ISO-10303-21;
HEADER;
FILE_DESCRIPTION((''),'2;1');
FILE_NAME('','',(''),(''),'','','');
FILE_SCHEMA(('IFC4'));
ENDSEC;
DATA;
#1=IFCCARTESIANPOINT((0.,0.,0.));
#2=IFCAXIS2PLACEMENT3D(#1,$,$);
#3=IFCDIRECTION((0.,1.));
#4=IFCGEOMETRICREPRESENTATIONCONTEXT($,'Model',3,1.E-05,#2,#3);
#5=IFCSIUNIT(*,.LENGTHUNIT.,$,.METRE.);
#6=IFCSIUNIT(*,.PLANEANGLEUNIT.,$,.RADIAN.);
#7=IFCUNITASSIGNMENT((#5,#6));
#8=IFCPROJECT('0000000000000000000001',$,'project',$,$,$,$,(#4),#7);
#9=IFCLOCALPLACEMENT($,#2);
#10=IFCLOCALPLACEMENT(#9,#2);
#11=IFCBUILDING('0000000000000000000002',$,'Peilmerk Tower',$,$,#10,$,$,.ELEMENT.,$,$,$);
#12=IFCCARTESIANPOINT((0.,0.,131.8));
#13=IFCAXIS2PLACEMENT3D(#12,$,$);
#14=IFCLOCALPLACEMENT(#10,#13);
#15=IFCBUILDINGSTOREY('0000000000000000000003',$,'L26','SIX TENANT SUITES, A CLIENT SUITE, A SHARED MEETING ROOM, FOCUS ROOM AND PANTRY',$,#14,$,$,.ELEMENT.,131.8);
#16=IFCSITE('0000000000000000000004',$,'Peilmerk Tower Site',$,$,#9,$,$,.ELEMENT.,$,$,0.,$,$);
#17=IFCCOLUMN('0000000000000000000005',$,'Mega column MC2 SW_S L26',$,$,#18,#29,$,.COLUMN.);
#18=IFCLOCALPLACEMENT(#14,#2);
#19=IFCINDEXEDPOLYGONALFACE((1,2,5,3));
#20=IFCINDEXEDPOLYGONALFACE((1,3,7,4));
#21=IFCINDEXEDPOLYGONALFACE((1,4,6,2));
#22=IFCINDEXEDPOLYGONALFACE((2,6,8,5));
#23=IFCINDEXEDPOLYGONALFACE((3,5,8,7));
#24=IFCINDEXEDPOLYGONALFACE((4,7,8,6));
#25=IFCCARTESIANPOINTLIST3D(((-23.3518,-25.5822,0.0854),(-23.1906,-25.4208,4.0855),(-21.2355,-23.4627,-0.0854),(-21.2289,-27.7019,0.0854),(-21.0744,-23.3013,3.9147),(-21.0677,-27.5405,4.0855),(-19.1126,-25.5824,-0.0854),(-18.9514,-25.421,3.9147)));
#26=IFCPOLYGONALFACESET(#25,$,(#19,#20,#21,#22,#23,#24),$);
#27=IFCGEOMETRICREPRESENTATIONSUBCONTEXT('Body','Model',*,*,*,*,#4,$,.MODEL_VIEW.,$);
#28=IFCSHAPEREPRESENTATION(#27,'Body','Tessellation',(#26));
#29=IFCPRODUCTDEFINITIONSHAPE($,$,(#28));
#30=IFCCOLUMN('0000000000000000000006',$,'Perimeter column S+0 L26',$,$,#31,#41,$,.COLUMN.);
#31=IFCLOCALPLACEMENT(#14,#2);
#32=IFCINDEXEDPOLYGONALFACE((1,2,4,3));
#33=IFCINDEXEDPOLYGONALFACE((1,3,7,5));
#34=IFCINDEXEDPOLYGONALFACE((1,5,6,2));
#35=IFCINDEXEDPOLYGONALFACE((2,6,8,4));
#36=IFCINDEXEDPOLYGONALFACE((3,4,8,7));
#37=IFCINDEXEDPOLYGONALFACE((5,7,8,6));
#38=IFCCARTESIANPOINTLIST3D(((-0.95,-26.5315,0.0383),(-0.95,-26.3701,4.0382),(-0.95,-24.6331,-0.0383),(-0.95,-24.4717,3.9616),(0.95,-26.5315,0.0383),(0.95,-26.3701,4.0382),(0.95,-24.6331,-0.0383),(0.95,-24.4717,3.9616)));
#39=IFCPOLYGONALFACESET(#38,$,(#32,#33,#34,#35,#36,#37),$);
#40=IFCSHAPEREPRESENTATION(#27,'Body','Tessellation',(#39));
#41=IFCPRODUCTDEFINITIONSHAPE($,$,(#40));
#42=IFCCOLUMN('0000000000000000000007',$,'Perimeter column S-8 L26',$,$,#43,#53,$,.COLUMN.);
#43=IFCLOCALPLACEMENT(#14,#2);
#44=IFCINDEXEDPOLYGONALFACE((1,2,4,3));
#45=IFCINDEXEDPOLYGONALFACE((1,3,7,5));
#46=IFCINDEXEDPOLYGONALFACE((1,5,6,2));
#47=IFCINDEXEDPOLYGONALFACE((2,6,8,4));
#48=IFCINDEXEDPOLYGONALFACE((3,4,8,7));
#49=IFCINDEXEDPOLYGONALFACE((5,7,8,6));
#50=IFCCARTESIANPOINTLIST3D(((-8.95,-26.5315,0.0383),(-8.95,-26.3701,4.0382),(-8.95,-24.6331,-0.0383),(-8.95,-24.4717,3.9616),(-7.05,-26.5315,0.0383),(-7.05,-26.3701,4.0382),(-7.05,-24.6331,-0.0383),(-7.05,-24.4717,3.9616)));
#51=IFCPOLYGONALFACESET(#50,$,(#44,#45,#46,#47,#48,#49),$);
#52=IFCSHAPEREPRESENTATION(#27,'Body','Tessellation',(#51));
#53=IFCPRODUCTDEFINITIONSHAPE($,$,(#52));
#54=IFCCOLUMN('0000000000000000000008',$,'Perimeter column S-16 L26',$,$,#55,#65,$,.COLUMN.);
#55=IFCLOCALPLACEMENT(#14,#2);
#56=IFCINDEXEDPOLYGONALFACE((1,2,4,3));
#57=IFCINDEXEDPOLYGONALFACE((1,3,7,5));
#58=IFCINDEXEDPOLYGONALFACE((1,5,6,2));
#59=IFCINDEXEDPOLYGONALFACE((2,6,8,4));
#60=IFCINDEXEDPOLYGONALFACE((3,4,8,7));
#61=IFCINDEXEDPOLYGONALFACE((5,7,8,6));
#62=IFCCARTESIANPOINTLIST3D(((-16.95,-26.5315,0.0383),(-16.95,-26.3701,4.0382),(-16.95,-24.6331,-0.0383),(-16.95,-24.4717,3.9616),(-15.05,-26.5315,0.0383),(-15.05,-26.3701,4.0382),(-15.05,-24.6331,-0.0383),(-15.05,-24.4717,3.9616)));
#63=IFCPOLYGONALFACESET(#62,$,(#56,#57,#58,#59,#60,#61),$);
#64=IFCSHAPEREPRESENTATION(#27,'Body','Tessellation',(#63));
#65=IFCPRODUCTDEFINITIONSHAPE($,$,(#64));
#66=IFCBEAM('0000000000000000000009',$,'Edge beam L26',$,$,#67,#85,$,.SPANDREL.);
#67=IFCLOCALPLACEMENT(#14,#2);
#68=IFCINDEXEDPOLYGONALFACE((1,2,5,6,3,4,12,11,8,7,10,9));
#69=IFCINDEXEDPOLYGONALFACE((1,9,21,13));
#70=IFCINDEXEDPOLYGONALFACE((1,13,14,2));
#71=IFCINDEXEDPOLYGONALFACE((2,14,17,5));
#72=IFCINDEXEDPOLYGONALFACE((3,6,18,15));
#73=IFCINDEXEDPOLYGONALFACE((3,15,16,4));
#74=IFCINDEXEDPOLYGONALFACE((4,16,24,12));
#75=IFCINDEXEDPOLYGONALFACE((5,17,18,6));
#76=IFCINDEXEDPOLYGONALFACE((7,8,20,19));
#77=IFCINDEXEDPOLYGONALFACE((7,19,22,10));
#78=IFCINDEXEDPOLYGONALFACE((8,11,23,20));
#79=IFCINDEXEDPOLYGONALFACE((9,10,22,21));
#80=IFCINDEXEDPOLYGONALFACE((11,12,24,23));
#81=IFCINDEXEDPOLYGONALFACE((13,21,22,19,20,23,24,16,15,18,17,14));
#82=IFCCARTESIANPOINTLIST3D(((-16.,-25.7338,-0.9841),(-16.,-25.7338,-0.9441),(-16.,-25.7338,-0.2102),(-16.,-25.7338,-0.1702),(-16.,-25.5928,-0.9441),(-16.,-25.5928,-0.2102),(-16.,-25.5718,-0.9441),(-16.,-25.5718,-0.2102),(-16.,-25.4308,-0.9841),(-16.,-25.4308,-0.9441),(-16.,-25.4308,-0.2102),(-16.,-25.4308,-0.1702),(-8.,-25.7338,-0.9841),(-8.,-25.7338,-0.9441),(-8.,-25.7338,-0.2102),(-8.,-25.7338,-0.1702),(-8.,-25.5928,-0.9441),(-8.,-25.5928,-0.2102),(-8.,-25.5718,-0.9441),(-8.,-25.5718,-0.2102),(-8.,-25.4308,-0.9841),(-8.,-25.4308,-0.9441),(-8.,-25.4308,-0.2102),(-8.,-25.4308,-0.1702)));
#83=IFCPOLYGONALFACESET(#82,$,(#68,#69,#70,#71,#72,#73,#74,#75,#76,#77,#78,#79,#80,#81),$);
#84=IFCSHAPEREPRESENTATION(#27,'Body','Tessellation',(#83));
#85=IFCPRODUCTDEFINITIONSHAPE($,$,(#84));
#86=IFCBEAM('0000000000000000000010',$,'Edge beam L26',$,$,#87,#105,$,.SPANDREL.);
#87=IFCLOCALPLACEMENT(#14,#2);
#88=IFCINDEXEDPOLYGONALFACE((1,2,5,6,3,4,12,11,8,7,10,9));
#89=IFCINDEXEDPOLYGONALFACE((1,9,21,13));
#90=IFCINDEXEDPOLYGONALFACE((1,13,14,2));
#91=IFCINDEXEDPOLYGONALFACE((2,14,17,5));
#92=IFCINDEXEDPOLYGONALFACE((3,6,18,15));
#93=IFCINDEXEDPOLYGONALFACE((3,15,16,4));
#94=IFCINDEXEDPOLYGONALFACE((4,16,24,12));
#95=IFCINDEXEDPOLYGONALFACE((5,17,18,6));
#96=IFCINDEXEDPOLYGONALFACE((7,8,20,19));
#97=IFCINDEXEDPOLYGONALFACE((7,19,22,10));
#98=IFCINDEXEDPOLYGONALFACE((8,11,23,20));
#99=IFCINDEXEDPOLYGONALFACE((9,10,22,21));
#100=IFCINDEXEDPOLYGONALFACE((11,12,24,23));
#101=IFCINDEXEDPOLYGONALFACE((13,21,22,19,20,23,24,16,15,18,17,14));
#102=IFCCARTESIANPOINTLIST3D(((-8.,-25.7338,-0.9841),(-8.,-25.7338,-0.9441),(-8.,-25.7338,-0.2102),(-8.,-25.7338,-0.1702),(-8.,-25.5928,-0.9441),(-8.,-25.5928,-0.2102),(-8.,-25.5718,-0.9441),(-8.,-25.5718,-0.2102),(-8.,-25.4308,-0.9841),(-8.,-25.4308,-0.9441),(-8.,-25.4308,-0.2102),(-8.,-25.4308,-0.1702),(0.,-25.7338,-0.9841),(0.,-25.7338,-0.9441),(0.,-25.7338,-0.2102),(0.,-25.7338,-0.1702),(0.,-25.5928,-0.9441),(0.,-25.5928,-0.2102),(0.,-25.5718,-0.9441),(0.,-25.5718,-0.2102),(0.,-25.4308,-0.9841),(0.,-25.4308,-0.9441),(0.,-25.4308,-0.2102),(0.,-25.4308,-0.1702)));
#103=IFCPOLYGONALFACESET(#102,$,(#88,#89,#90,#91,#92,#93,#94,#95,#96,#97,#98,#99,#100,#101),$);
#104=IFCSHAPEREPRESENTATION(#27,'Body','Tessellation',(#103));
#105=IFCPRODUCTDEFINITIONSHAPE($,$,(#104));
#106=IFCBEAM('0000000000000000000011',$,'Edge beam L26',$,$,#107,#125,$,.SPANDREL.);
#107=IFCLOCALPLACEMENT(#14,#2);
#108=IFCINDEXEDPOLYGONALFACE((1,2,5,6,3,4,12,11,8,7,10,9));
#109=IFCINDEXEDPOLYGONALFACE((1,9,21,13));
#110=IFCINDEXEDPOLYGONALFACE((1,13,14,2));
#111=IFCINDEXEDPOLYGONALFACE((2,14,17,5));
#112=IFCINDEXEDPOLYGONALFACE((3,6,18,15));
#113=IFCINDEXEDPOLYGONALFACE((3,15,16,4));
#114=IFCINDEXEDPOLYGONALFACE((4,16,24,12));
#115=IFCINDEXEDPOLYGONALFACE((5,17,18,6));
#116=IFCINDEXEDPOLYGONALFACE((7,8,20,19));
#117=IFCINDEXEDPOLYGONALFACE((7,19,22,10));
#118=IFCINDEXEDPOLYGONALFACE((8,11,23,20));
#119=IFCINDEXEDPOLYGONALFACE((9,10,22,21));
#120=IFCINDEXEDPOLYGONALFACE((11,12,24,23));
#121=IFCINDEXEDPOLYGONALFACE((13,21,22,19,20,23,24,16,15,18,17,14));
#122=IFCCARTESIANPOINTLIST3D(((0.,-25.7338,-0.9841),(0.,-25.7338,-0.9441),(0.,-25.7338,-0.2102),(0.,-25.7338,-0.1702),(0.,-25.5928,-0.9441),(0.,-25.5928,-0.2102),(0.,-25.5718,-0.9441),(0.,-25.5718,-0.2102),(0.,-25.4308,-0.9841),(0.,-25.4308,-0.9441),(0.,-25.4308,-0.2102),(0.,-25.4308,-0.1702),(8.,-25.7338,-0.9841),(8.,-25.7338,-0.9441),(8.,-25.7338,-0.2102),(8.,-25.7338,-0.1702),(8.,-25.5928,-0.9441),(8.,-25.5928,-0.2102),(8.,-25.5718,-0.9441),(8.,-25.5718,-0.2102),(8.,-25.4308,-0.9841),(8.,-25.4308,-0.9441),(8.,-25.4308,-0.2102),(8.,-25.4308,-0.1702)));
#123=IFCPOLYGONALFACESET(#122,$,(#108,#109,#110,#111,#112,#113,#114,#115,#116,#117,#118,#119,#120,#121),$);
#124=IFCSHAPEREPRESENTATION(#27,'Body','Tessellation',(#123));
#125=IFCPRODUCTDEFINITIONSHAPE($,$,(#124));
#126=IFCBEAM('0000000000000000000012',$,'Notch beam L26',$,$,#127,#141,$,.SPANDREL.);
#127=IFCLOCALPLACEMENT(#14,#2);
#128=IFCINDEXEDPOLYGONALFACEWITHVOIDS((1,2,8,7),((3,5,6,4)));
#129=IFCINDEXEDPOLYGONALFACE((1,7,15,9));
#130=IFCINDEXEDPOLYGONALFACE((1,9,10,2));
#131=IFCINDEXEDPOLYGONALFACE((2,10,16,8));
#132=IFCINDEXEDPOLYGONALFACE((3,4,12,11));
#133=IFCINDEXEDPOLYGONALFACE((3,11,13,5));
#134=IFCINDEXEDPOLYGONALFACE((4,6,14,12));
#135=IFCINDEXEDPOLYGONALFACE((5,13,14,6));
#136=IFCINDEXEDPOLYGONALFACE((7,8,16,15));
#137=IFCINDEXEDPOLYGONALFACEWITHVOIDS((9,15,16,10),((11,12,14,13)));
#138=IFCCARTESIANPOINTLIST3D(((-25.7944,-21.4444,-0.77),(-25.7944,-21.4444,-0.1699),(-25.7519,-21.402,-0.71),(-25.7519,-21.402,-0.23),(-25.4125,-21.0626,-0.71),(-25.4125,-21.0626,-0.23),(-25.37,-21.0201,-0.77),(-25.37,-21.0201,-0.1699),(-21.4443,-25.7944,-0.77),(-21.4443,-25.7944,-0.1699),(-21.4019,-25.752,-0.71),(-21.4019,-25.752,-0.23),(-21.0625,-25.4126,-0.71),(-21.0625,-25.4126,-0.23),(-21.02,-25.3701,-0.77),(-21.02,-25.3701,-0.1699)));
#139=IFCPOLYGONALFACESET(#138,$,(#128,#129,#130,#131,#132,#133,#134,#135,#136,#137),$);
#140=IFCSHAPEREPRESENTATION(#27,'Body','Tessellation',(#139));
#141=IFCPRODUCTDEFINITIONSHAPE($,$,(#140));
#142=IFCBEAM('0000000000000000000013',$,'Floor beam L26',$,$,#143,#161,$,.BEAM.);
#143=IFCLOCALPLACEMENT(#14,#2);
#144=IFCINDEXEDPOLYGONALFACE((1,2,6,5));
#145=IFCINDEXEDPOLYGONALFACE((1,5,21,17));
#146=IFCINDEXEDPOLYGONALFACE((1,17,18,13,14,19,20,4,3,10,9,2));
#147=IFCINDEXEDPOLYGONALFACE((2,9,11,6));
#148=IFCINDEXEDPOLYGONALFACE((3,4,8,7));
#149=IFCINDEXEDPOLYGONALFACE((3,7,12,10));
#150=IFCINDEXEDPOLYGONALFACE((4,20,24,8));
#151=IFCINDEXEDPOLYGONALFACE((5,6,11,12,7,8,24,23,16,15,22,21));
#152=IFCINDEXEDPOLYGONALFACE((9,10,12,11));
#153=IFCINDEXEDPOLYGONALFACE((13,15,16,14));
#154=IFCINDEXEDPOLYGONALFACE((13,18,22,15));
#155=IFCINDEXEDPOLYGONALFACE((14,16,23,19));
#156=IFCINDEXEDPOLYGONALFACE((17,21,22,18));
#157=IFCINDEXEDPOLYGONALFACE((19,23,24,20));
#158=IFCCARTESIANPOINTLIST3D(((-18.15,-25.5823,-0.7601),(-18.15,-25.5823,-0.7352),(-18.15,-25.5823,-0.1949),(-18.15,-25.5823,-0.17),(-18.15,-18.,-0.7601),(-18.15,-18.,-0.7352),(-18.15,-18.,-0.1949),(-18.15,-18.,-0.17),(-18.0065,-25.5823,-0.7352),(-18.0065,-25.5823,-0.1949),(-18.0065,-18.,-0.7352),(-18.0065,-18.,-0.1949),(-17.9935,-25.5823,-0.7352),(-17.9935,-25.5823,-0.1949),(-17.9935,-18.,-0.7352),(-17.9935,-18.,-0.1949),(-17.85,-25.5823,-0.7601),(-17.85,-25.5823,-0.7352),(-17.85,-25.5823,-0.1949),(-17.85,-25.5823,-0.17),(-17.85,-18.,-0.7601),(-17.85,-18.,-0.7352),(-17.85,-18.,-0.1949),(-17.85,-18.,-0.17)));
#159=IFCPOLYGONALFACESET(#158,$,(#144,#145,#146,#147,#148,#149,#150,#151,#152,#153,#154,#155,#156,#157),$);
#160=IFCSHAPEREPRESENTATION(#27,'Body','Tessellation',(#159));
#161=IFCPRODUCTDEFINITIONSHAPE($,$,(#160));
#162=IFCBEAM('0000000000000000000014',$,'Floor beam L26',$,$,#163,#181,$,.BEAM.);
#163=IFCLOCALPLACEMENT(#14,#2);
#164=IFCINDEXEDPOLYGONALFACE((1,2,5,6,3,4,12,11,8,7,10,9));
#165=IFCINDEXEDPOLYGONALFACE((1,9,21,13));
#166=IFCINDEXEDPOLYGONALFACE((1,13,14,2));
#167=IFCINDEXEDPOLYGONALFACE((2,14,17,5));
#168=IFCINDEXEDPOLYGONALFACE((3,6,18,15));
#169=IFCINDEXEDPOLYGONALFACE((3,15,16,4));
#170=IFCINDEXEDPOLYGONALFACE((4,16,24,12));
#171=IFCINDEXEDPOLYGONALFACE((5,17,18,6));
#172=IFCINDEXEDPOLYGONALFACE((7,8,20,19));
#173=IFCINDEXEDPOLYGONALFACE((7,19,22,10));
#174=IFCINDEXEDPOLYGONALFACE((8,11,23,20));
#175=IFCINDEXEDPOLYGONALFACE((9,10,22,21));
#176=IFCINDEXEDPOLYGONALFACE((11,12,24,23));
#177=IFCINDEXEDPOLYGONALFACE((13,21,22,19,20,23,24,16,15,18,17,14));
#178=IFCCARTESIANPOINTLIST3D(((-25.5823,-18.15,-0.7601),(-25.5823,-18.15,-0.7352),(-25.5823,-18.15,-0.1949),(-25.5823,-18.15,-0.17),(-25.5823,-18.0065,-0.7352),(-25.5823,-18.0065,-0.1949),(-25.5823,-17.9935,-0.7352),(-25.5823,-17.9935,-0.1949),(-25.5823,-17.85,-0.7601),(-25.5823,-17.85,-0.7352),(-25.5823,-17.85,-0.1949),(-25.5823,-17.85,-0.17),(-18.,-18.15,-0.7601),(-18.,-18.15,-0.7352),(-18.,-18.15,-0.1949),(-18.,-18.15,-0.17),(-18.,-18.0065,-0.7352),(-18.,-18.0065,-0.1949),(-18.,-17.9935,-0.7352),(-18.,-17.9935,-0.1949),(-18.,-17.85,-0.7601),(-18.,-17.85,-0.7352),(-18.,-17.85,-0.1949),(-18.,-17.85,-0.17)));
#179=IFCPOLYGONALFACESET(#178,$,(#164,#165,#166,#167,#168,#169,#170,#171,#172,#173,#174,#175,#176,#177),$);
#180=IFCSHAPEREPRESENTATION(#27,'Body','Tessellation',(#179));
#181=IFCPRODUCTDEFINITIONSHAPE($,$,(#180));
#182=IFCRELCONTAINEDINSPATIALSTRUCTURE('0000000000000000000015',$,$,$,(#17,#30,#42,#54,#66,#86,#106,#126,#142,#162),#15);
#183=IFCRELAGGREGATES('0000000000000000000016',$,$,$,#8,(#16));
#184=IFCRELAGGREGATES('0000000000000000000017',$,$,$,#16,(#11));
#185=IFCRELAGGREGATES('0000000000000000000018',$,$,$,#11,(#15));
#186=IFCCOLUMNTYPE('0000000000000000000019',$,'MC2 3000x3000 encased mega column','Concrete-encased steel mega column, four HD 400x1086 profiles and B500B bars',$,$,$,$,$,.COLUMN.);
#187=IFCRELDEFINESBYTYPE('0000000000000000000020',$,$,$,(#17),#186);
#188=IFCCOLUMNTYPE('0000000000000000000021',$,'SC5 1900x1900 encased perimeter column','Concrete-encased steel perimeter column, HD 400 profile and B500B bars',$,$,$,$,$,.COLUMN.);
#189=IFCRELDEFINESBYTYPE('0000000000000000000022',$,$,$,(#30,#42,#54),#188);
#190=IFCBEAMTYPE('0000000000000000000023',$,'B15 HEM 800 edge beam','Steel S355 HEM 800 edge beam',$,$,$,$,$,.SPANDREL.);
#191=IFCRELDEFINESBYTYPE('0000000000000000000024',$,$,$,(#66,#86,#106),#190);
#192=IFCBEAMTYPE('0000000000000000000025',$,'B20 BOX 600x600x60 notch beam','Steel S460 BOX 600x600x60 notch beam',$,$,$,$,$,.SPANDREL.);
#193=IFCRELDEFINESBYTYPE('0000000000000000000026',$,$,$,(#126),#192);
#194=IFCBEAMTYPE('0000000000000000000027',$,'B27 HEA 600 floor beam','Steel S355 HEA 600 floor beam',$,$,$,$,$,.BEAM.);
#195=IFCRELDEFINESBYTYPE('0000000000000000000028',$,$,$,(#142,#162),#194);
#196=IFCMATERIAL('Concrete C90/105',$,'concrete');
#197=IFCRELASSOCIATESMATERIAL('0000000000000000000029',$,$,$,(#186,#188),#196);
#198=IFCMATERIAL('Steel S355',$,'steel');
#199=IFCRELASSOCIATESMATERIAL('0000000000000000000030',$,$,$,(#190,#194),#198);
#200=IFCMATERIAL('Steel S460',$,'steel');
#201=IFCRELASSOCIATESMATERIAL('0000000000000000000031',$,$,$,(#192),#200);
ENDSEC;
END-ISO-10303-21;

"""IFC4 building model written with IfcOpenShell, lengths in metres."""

from ifc_helpers import new_model, si_unit, direction, frame, origin, origin_2d, place, context, subcontext, project, spatial, rectangle, hollow_rectangle, i_section, extrude, material, material_profile, profile_set, type_object, element, save


model = new_model("IFC4")

# Units and contexts
model_context = context("Model", 3, precision=1e-05, world=origin(), true_north=direction((0.0, 1.0)))
body_context = subcontext(model_context, "Body", "Model", "MODEL_VIEW")
ifc_project = project(units=[si_unit("LENGTHUNIT", "METRE"), si_unit("PLANEANGLEUNIT", "RADIAN")], contexts=[model_context])

# Site, building, storey
site_placement = place(None, origin())
site = spatial("IfcSite", under=ifc_project, at=site_placement, Name="Peilmerk Tower Site", CompositionType="ELEMENT", RefElevation=0.0)
building_placement = place(site_placement, origin())
building = spatial("IfcBuilding", under=site, at=building_placement, Name="Peilmerk Tower", CompositionType="ELEMENT")
storey_placement = place(building_placement, frame((0.0, 0.0, 131.8)))
storey = spatial("IfcBuildingStorey", under=building, at=storey_placement, Name="L26", Description="SIX TENANT SUITES, A CLIENT SUITE, A SHARED MEETING ROOM, FOCUS ROOM AND PANTRY", CompositionType="ELEMENT", Elevation=131.8)

# Columns
ifc_material_1 = material(Name="Concrete C90/105", Category="concrete")
ifc_material_profile_1 = material_profile(ifc_material_1, rectangle(XDim=3.0, YDim=3.0, at=origin_2d()), Name="RC 3000x3000")
ifc_profile_set_1 = profile_set([ifc_material_profile_1], Name="Concrete C90/105")
column_type_1 = type_object("IfcColumnType", Name="MC2 3000x3000 encased mega column", Description="Concrete-encased steel mega column, four HD 400x1086 profiles and B500B bars", PredefinedType="COLUMN", material=ifc_profile_set_1)
column_placement = place(storey_placement, frame((-21.2322, -25.5823, 0.0), z_axis=(0.040218, 0.040279, 0.998379), x_axis=(-0.707642, 0.706571, 0.0)))
element("IfcColumn", 1, at=column_placement, inside=storey, type_object=column_type_1, Name="Mega column MC2 SW_S L26", PredefinedType="COLUMN", context=body_context, shape_type="SweptSolid", body=[
    extrude(rectangle(XDim=3.0, YDim=3.0, at=origin_2d()), origin(), (0.0, 0.0, 1.0), 4.0066),
])
ifc_material_profile_2 = material_profile(ifc_material_1, rectangle(XDim=1.8999, YDim=1.8999, at=origin_2d()), Name="RC 1900x1900")
ifc_profile_set_2 = profile_set([ifc_material_profile_2], Name="Concrete C90/105")
column_type_2 = type_object("IfcColumnType", Name="SC5 1900x1900 encased perimeter column", Description="Concrete-encased steel perimeter column, HD 400 profile and B500B bars", PredefinedType="COLUMN", material=ifc_profile_set_2)
for number, where, z_axis, x_axis, name in (
    (2, (0.0, -25.5823, 0.0), (0.0, 0.040311, 0.999187), (-1.0, 0.0, 0.0), "Perimeter column S+0 L26"),
    (3, (-8.0, -25.5823, 0.0), (0.0, 0.040311, 0.999187), (-1.0, 0.0, 0.0), "Perimeter column S-8 L26"),
    (4, (-16.0, -25.5823, 0.0), (0.0, 0.040311, 0.999187), (-1.0, 0.0, 0.0), "Perimeter column S-16 L26"),
):
    element("IfcColumn", number, at=place(storey_placement, frame(where, z_axis=z_axis, x_axis=x_axis)), inside=storey, type_object=column_type_2, Name=name, PredefinedType="COLUMN", context=body_context, shape_type="SweptSolid", body=[
        extrude(rectangle(XDim=1.8999, YDim=1.8999, at=origin_2d()), origin(), (0.0, 0.0, 1.0), 4.0032),
    ])

# Beams
ifc_material_2 = material(Name="Steel S355", Category="steel")
ifc_material_profile_3 = material_profile(ifc_material_2, i_section(OverallWidth=0.303, OverallDepth=0.814, WebThickness=0.021, FlangeThickness=0.04, at=origin_2d()), Name="HEM 800")
ifc_profile_set_3 = profile_set([ifc_material_profile_3], Name="Steel S355")
beam_type_1 = type_object("IfcBeamType", Name="B15 HEM 800 edge beam", Description="Steel S355 HEM 800 edge beam", PredefinedType="SPANDREL", material=ifc_profile_set_3)
for number, where, z_axis, x_axis, name in (
    (5, (-16.0, -25.5823, -0.5771), (1.0, 0.0, 0.0), (0.0, 1.0, 0.0), "Edge beam L26"),
    (6, (-8.0, -25.5823, -0.5771), (1.0, 0.0, 0.0), (0.0, 1.0, 0.0), "Edge beam L26"),
    (7, (0.0, -25.5823, -0.5771), (1.0, 0.0, 0.0), (0.0, 1.0, 0.0), "Edge beam L26"),
):
    element("IfcBeam", number, at=place(storey_placement, frame(where, z_axis=z_axis, x_axis=x_axis)), inside=storey, type_object=beam_type_1, Name=name, PredefinedType="SPANDREL", context=body_context, shape_type="SweptSolid", body=[
        extrude(i_section(OverallWidth=0.303, OverallDepth=0.814, WebThickness=0.021, FlangeThickness=0.04, at=origin_2d()), origin(), (0.0, 0.0, 1.0), 8.0),
    ])
ifc_material_3 = material(Name="Steel S460", Category="steel")
ifc_material_profile_4 = material_profile(ifc_material_3, hollow_rectangle(XDim=0.6001, YDim=0.6001, WallThickness=0.0601, at=origin_2d()), Name="BOX 600x600x60")
ifc_profile_set_4 = profile_set([ifc_material_profile_4], Name="Steel S460")
beam_type_2 = type_object("IfcBeamType", Name="B20 BOX 600x600x60 notch beam", Description="Steel S460 BOX 600x600x60 notch beam", PredefinedType="SPANDREL", material=ifc_profile_set_4)
beam_1_placement = place(storey_placement, frame((-21.2322, -25.5823, -0.47), z_axis=(-0.707107, 0.707107, 0.0), x_axis=(-0.707107, -0.707107, 0.0)))
element("IfcBeam", 8, at=beam_1_placement, inside=storey, type_object=beam_type_2, Name="Notch beam L26", PredefinedType="SPANDREL", context=body_context, shape_type="SweptSolid", body=[
    extrude(hollow_rectangle(XDim=0.6001, YDim=0.6001, WallThickness=0.0601, at=origin_2d()), origin(), (0.0, 0.0, 1.0), 6.1519),
])
ifc_material_profile_5 = material_profile(ifc_material_2, i_section(OverallWidth=0.3, OverallDepth=0.5901, WebThickness=0.0129, FlangeThickness=0.0249, at=origin_2d()), Name="HEA 600")
ifc_profile_set_5 = profile_set([ifc_material_profile_5], Name="Steel S355")
beam_type_3 = type_object("IfcBeamType", Name="B27 HEA 600 floor beam", Description="Steel S355 HEA 600 floor beam", PredefinedType="BEAM", material=ifc_profile_set_5)
for number, where, z_axis, x_axis, name in (
    (9, (-18.0, -18.0, -0.4651), (0.0, -1.0, 0.0), (1.0, 0.0, 0.0), "Floor beam L26"),
    (10, (-18.0, -18.0, -0.4651), (-1.0, 0.0, 0.0), (0.0, -1.0, 0.0), "Floor beam L26"),
):
    element("IfcBeam", number, at=place(storey_placement, frame(where, z_axis=z_axis, x_axis=x_axis)), inside=storey, type_object=beam_type_3, Name=name, PredefinedType="BEAM", context=body_context, shape_type="SweptSolid", body=[
        extrude(i_section(OverallWidth=0.3, OverallDepth=0.5901, WebThickness=0.0129, FlangeThickness=0.0249, at=origin_2d()), origin(), (0.0, 0.0, 1.0), 7.5823),
    ])

save(model, "model.ifc")
